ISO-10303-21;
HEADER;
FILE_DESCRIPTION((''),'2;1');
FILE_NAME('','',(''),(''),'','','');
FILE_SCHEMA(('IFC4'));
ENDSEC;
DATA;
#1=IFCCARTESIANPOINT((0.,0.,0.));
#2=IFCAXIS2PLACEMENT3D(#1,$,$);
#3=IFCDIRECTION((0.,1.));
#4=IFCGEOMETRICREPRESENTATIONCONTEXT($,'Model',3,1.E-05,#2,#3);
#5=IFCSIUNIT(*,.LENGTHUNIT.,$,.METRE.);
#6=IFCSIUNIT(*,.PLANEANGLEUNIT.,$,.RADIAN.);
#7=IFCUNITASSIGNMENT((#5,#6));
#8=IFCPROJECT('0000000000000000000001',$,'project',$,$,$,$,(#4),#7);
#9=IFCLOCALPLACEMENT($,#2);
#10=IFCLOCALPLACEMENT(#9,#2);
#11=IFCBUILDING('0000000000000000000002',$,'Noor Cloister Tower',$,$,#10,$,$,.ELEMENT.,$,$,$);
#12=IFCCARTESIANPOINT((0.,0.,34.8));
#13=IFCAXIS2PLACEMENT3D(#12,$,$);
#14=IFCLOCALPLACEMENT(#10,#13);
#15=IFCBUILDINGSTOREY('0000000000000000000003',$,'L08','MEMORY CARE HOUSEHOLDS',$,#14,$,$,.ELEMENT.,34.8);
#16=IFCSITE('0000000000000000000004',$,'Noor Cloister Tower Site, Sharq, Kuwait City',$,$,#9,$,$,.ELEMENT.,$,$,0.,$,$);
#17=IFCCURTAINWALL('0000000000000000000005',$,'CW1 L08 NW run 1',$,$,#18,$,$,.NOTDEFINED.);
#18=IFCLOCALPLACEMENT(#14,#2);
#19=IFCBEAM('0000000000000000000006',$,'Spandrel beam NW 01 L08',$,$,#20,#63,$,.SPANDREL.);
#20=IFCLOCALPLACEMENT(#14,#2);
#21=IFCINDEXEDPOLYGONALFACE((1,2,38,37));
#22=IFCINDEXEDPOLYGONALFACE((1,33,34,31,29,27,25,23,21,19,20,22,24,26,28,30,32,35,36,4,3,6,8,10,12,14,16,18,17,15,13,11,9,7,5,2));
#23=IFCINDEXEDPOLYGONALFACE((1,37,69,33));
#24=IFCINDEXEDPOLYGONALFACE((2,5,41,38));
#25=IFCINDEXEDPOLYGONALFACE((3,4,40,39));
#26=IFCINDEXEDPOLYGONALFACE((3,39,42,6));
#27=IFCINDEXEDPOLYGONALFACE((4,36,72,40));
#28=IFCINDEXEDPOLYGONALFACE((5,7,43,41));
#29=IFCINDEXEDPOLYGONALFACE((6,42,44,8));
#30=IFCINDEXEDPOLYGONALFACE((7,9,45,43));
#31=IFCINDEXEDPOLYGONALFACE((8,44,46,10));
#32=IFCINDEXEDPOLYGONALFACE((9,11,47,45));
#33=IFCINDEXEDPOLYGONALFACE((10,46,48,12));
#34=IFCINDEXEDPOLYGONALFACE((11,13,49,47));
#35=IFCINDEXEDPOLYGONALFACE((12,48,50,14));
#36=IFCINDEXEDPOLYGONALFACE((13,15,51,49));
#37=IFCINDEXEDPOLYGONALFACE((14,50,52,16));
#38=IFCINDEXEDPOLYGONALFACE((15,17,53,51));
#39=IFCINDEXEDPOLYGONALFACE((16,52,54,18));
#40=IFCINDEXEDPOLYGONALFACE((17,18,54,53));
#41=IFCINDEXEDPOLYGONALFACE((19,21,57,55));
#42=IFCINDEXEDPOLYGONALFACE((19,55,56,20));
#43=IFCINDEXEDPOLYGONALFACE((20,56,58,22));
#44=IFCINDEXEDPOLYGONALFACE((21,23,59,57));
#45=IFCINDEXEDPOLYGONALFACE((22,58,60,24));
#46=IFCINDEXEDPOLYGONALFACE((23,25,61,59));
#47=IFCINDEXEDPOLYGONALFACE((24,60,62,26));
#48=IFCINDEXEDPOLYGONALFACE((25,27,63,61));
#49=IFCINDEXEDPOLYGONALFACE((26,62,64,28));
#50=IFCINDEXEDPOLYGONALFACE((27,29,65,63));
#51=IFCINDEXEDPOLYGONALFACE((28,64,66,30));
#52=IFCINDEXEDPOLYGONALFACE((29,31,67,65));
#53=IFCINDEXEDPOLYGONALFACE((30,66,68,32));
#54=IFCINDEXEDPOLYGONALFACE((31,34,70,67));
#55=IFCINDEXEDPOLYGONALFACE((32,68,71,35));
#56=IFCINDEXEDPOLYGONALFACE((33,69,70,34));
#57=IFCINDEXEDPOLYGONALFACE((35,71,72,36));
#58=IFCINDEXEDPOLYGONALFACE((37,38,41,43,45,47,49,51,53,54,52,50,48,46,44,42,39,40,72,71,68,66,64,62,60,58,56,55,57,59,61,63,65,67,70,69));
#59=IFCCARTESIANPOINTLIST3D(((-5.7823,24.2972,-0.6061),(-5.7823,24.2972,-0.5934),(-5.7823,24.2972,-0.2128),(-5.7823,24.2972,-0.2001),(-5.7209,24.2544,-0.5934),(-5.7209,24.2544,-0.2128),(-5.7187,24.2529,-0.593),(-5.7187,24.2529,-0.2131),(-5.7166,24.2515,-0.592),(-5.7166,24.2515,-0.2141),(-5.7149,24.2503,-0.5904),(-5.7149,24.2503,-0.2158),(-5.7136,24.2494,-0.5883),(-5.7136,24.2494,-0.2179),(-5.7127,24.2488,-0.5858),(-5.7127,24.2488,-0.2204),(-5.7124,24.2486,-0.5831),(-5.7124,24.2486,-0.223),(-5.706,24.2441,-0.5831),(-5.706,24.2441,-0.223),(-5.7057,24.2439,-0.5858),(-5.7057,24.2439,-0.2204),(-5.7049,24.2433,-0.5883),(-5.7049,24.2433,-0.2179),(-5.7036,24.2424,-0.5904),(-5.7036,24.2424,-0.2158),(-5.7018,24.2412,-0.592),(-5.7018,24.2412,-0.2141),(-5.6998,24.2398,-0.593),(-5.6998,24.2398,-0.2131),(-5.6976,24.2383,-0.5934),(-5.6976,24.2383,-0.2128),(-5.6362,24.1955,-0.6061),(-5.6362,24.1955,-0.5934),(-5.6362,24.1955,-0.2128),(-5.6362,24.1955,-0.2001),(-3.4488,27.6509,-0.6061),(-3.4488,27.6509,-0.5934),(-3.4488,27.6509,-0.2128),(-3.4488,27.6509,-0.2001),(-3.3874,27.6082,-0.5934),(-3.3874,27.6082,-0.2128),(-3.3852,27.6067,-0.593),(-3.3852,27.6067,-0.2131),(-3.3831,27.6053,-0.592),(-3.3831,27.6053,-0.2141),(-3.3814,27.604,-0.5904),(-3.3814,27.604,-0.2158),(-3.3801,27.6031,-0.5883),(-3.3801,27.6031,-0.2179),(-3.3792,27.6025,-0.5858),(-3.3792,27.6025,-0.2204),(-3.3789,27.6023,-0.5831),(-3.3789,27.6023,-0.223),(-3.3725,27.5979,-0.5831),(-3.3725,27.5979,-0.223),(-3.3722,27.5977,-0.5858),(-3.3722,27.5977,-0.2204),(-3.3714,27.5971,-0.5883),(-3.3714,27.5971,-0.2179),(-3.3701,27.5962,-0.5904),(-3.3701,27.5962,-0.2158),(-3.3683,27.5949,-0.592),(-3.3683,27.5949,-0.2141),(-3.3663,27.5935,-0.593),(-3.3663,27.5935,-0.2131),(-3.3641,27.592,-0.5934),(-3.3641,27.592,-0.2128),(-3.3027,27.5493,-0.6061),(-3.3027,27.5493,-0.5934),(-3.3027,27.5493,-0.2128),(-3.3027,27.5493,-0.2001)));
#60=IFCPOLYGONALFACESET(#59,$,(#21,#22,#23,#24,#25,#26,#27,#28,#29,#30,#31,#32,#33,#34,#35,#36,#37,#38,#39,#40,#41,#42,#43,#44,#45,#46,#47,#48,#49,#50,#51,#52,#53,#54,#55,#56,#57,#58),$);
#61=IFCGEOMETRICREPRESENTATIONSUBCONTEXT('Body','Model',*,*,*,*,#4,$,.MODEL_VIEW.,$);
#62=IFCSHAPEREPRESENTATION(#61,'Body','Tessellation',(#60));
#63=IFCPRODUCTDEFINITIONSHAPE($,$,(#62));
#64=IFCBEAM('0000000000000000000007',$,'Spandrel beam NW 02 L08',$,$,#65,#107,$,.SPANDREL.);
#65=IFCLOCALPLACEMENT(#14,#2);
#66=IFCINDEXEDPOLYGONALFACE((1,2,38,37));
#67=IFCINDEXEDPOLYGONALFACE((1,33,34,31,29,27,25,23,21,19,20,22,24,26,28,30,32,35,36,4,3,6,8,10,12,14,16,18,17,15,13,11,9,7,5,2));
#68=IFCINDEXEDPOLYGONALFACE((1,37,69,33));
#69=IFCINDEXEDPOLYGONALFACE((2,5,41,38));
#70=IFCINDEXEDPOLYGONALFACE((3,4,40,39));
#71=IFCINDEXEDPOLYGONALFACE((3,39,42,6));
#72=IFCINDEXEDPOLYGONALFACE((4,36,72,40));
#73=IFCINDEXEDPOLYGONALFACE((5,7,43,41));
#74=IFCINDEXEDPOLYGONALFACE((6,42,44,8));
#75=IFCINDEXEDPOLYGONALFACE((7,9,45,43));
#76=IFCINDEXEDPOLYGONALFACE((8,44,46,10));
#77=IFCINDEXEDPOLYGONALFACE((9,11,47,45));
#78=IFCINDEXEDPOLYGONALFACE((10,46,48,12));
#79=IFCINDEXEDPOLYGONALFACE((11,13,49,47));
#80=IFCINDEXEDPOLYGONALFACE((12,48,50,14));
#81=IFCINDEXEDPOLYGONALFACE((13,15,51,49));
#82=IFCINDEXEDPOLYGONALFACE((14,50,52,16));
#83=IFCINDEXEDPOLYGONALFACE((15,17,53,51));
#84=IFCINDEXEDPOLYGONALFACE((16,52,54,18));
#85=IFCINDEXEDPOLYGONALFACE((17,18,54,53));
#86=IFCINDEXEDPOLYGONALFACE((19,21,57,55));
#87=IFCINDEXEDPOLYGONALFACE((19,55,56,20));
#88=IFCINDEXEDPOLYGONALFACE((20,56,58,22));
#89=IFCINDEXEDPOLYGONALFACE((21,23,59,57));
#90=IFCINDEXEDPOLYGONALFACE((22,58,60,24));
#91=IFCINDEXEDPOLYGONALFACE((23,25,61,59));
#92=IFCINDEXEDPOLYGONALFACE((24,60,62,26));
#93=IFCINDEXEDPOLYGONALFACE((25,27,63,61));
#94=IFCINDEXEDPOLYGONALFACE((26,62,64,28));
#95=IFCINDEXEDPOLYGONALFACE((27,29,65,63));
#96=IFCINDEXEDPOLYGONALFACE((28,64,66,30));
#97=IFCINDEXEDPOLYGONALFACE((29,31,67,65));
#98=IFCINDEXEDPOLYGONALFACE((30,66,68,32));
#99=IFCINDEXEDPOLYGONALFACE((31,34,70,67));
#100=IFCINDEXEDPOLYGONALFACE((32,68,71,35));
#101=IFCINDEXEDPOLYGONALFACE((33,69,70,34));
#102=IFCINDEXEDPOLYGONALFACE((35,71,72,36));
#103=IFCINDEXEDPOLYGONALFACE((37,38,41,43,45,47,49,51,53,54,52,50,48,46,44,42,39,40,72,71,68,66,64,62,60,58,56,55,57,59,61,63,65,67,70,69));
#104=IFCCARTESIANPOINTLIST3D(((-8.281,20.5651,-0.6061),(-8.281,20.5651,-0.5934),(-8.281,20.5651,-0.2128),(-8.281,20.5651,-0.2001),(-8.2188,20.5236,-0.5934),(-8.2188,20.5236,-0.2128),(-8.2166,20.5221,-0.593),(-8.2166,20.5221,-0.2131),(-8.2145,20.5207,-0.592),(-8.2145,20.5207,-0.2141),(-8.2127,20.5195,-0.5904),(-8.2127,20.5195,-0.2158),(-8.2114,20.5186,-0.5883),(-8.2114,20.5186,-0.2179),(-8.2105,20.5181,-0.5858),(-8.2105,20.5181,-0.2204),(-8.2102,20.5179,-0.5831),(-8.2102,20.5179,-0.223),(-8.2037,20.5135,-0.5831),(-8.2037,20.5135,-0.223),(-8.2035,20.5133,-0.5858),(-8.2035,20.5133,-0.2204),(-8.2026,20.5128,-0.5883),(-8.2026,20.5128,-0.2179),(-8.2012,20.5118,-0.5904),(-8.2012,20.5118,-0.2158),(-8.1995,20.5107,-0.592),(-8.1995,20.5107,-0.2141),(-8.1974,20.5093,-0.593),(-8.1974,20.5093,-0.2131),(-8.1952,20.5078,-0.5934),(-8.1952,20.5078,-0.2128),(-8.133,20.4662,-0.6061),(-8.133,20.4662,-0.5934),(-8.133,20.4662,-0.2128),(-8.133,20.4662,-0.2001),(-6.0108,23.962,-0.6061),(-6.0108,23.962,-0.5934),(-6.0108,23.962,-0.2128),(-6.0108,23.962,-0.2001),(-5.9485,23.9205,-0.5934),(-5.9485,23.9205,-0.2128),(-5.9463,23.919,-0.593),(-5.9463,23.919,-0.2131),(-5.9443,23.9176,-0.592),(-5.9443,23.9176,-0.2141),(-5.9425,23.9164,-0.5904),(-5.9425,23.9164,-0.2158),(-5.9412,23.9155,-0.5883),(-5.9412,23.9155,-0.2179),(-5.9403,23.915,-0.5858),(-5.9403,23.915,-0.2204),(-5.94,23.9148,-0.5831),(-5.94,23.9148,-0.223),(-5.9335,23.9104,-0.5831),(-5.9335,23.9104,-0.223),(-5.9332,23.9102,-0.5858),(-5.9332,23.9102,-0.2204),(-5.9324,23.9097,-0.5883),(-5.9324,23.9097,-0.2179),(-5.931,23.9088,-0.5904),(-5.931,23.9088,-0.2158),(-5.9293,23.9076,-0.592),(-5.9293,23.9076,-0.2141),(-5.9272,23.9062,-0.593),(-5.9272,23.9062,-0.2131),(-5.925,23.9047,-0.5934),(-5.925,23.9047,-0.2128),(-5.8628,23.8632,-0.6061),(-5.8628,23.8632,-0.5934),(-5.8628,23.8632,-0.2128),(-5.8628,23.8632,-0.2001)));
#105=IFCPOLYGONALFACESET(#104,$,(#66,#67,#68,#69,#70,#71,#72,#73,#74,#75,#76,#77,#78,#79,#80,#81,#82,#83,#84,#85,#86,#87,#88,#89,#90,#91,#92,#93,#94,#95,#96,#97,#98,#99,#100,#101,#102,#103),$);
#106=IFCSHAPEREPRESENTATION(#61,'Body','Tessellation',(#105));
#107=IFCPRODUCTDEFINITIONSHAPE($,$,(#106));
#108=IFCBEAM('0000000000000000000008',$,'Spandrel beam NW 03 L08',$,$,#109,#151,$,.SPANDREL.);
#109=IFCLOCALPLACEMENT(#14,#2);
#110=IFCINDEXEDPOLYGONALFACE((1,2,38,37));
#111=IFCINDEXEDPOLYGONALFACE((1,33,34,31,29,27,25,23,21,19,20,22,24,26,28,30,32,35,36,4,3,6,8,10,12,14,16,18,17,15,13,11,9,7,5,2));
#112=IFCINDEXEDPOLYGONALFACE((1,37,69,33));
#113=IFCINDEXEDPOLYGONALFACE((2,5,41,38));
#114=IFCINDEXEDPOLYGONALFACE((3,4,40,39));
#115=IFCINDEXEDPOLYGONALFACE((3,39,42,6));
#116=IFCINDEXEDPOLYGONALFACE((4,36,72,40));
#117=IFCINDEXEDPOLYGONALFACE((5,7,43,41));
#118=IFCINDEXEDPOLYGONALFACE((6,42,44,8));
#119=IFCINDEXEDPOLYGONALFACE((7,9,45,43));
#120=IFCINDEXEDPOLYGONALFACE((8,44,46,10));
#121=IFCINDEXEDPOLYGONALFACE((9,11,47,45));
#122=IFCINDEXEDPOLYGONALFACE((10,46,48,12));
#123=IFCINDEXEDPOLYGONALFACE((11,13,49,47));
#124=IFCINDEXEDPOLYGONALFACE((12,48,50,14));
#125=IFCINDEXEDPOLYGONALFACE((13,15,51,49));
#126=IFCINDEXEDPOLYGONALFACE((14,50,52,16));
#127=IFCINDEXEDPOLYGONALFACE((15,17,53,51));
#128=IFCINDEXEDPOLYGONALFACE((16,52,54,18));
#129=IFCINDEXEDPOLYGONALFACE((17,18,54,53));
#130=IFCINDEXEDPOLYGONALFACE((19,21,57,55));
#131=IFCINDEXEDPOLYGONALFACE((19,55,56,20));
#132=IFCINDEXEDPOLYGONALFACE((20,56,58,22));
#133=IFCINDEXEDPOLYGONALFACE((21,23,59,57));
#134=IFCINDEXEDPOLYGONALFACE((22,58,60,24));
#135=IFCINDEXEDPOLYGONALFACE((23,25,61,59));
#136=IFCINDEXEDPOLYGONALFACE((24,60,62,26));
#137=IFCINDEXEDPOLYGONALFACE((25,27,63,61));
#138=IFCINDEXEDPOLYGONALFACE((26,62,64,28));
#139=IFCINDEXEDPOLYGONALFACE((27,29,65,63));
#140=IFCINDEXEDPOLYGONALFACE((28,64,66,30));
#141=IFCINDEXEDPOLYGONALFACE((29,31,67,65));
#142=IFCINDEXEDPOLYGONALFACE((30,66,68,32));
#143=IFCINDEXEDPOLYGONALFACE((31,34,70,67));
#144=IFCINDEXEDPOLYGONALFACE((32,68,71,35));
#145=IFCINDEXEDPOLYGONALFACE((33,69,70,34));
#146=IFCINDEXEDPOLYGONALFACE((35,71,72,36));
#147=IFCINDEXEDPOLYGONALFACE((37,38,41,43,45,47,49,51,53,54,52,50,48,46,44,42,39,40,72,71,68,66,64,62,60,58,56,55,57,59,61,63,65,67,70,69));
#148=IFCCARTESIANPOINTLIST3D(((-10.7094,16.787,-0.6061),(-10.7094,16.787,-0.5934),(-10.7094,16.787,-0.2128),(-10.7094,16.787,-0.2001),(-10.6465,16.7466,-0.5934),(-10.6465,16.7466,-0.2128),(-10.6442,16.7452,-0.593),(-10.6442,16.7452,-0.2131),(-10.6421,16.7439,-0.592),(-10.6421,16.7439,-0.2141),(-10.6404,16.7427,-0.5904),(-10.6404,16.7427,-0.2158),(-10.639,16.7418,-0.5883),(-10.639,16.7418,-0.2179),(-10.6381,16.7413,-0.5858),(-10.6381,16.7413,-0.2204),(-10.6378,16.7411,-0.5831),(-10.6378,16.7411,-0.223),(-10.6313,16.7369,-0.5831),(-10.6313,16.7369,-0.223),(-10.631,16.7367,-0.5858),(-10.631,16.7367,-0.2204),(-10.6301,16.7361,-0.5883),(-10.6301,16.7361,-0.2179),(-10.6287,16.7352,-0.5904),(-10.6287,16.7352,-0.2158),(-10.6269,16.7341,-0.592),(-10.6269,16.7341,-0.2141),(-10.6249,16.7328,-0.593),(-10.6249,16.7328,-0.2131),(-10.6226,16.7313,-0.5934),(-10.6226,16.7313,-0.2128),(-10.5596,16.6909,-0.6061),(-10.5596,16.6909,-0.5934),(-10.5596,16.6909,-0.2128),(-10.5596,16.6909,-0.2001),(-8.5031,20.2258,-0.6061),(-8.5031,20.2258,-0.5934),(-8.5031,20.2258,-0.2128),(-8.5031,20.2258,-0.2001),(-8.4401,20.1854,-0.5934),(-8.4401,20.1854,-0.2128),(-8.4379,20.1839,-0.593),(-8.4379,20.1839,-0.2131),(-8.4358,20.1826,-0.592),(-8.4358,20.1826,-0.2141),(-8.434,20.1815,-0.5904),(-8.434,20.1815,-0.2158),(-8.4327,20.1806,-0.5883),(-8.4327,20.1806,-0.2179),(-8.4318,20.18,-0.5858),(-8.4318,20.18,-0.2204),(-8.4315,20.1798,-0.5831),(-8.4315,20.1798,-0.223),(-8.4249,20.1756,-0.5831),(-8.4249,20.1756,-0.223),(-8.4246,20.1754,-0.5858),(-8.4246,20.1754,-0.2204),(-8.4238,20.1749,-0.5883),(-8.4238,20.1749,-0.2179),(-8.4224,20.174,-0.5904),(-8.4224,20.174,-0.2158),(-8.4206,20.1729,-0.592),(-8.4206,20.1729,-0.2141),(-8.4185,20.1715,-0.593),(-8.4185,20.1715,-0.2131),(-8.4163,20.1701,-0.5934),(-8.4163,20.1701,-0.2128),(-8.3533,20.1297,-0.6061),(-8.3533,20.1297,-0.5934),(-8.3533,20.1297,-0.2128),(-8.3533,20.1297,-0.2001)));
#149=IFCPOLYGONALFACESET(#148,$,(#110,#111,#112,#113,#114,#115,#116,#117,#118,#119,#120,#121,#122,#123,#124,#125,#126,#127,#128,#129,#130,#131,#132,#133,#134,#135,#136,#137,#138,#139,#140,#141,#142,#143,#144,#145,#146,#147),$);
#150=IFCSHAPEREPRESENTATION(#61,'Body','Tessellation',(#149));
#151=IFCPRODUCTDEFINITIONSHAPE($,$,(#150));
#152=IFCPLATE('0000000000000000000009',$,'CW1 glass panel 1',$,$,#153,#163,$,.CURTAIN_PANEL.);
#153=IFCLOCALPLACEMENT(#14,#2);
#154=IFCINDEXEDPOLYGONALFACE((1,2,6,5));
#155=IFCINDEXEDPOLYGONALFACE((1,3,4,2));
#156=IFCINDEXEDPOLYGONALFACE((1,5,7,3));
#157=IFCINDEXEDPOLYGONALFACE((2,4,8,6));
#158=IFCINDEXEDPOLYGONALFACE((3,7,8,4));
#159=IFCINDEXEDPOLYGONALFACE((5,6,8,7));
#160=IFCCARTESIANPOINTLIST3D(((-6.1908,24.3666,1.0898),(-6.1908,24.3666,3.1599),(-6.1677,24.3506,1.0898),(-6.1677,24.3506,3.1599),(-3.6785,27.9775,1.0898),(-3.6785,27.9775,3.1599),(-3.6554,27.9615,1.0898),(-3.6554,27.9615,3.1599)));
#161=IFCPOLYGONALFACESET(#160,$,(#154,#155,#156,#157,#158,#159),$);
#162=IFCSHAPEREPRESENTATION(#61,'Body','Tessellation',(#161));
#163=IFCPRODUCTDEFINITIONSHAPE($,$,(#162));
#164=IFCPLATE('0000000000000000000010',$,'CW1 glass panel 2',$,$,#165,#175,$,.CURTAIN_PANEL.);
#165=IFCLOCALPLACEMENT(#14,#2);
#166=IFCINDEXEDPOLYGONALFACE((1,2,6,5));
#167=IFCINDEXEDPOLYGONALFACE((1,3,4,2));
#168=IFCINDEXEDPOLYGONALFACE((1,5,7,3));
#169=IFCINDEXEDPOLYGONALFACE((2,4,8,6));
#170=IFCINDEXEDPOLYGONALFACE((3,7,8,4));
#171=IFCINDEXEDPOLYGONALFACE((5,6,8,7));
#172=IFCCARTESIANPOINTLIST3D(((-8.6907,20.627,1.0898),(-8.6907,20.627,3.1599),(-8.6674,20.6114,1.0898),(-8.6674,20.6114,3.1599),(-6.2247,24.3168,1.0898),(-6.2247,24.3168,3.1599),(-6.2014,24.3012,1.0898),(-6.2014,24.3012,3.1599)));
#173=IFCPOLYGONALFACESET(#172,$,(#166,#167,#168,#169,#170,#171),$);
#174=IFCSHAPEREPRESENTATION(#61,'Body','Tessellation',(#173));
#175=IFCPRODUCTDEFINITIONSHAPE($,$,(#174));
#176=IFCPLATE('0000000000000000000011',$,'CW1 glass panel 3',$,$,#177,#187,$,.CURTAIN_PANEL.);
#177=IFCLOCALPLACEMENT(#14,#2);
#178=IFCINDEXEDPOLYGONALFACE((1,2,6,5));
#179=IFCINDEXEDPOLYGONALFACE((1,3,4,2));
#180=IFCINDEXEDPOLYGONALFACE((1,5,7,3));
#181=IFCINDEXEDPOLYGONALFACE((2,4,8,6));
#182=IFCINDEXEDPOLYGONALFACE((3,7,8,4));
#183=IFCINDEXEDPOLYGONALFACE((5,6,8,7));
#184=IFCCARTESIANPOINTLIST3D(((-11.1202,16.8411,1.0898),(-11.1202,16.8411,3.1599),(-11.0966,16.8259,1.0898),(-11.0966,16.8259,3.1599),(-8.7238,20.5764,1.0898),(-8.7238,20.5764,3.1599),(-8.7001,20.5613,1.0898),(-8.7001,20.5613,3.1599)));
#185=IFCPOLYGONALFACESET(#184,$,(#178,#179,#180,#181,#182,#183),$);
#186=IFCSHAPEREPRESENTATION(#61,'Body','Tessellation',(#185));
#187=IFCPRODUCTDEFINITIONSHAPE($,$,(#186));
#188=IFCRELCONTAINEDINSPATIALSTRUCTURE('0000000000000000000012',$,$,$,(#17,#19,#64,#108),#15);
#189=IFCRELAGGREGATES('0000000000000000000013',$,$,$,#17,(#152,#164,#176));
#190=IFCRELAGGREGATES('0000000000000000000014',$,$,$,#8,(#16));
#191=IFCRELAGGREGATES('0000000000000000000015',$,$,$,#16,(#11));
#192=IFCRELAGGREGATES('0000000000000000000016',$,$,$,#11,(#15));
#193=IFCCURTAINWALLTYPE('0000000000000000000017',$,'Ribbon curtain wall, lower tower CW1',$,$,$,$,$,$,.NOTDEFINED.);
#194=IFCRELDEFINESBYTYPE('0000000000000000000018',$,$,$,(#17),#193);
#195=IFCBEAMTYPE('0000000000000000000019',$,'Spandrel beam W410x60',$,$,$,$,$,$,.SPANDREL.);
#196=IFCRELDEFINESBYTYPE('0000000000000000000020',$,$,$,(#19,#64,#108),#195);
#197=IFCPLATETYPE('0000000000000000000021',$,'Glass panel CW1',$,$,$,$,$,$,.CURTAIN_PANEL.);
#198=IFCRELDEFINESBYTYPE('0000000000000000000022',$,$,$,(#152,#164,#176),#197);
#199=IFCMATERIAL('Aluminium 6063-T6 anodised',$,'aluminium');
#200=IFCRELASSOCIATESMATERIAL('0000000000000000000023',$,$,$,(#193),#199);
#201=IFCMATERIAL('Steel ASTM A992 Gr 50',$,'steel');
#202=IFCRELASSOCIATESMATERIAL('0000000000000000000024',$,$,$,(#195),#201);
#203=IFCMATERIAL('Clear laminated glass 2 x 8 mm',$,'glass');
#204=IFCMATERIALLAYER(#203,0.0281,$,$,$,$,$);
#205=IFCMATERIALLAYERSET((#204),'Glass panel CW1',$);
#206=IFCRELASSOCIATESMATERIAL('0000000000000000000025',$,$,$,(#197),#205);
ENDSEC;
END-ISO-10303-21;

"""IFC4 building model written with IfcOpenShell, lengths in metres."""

from ifc_helpers import new_model, si_unit, direction, frame, origin, origin_2d, place, context, subcontext, project, spatial, rectangle, i_section, extrude, material, layer, layer_set, material_profile, profile_set, type_object, element, aggregate, save


model = new_model("IFC4")

# Units and contexts
model_context = context("Model", 3, precision=1e-05, world=origin(), true_north=direction((0.0, 1.0)))
body_context = subcontext(model_context, "Body", "Model", "MODEL_VIEW")
ifc_project = project(units=[si_unit("LENGTHUNIT", "METRE"), si_unit("PLANEANGLEUNIT", "RADIAN")], contexts=[model_context])

# Site, building, storey
site_placement = place(None, origin())
site = spatial("IfcSite", under=ifc_project, at=site_placement, Name="Noor Cloister Tower Site, Sharq, Kuwait City", CompositionType="ELEMENT", RefElevation=0.0)
building_placement = place(site_placement, origin())
building = spatial("IfcBuilding", under=site, at=building_placement, Name="Noor Cloister Tower", CompositionType="ELEMENT")
storey_placement = place(building_placement, frame((0.0, 0.0, 34.8)))
storey = spatial("IfcBuildingStorey", under=building, at=storey_placement, Name="L08", Description="MEMORY CARE HOUSEHOLDS", CompositionType="ELEMENT", Elevation=34.8)

# Curtain wall
ifc_material_1 = material(Name="Aluminium 6063-T6 anodised", Category="aluminium")
curtain_wall_type = type_object("IfcCurtainWallType", Name="Ribbon curtain wall, lower tower CW1", PredefinedType="NOTDEFINED", material=ifc_material_1)
curtain_wall_placement = place(storey_placement, origin())
curtain_wall = element("IfcCurtainWall", 1, at=curtain_wall_placement, inside=storey, type_object=curtain_wall_type, Name="CW1 L08 NW run 1", PredefinedType="NOTDEFINED")

# Beams
ifc_material_2 = material(Name="Steel ASTM A992 Gr 50", Category="steel")
ifc_material_profile_1 = material_profile(ifc_material_2, i_section(OverallWidth=0.178, OverallDepth=0.406, WebThickness=0.0078, FlangeThickness=0.0127, FilletRadius=0.0103, at=origin_2d()), Name="W410x60")
ifc_profile_set_1 = profile_set([ifc_material_profile_1], Name="Steel ASTM A992 Gr 50")
beam_type_1 = type_object("IfcBeamType", Name="Spandrel beam W410x60", PredefinedType="SPANDREL", material=ifc_profile_set_1)
for number, where, z_axis, x_axis, name in (
    (2, (-3.3757, 27.6001, -0.4031), (-0.571138, -0.820854, 0.0), (0.820854, -0.571138, 0.0), "Spandrel beam NW 01 L08"),
    (3, (-5.9368, 23.9126, -0.4031), (-0.555651, -0.831415, 0.0), (0.831415, -0.555651, 0.0), "Spandrel beam NW 02 L08"),
    (4, (-8.4282, 20.1777, -0.4031), (-0.540011, -0.841658, 0.0), (0.841658, -0.540011, 0.0), "Spandrel beam NW 03 L08"),
):
    element("IfcBeam", number, at=place(storey_placement, frame(where, z_axis=z_axis, x_axis=x_axis)), inside=storey, type_object=beam_type_1, Name=name, PredefinedType="SPANDREL", context=body_context, shape_type="SweptSolid", body=[
        extrude(i_section(OverallWidth=0.178, OverallDepth=0.406, WebThickness=0.0078, FlangeThickness=0.0127, FilletRadius=0.0103, at=origin_2d()), origin(), (0.0, 0.0, 1.0), 4.0857),
    ])

# Plates
ifc_material_3 = material(Name="Clear laminated glass 2 x 8 mm", Category="glass")
ifc_layer = layer(ifc_material_3, 0.0281)
ifc_layer_set = layer_set([ifc_layer], Name="Glass panel CW1")
plate_type = type_object("IfcPlateType", Name="Glass panel CW1", PredefinedType="CURTAIN_PANEL", material=ifc_layer_set)
plate_1_placement = place(storey_placement, frame((-4.9231, 26.1641, 1.0898), z_axis=(0.0, 0.0, 1.0), x_axis=(-0.571122, -0.820865, 0.0)))
plate_1 = element("IfcPlate", 5, at=plate_1_placement, type_object=plate_type, Name="CW1 glass panel 1", PredefinedType="CURTAIN_PANEL", context=body_context, shape_type="SweptSolid", body=[
    extrude(rectangle(XDim=4.3989, YDim=0.0281, at=origin_2d()), origin(), (0.0, 0.0, 1.0), 2.0701),
])
plate_2_placement = place(storey_placement, frame((-7.446, 22.4641, 1.0898), z_axis=(0.0, 0.0, 1.0), x_axis=(-0.55565, -0.831416, 0.0)))
plate_2 = element("IfcPlate", 6, at=plate_2_placement, type_object=plate_type, Name="CW1 glass panel 2", PredefinedType="CURTAIN_PANEL", context=body_context, shape_type="SweptSolid", body=[
    extrude(rectangle(XDim=4.438, YDim=0.0281, at=origin_2d()), origin(), (0.0, 0.0, 1.0), 2.0701),
])
plate_3_placement = place(storey_placement, frame((-9.9102, 18.7012, 1.0898), z_axis=(0.0, 0.0, 1.0), x_axis=(-0.539983, -0.841676, 0.0)))
plate_3 = element("IfcPlate", 7, at=plate_3_placement, type_object=plate_type, Name="CW1 glass panel 3", PredefinedType="CURTAIN_PANEL", context=body_context, shape_type="SweptSolid", body=[
    extrude(rectangle(XDim=4.438, YDim=0.0281, at=origin_2d()), origin(), (0.0, 0.0, 1.0), 2.0701),
])
aggregate(curtain_wall, [plate_1, plate_2, plate_3])

save(model, "model.ifc")
